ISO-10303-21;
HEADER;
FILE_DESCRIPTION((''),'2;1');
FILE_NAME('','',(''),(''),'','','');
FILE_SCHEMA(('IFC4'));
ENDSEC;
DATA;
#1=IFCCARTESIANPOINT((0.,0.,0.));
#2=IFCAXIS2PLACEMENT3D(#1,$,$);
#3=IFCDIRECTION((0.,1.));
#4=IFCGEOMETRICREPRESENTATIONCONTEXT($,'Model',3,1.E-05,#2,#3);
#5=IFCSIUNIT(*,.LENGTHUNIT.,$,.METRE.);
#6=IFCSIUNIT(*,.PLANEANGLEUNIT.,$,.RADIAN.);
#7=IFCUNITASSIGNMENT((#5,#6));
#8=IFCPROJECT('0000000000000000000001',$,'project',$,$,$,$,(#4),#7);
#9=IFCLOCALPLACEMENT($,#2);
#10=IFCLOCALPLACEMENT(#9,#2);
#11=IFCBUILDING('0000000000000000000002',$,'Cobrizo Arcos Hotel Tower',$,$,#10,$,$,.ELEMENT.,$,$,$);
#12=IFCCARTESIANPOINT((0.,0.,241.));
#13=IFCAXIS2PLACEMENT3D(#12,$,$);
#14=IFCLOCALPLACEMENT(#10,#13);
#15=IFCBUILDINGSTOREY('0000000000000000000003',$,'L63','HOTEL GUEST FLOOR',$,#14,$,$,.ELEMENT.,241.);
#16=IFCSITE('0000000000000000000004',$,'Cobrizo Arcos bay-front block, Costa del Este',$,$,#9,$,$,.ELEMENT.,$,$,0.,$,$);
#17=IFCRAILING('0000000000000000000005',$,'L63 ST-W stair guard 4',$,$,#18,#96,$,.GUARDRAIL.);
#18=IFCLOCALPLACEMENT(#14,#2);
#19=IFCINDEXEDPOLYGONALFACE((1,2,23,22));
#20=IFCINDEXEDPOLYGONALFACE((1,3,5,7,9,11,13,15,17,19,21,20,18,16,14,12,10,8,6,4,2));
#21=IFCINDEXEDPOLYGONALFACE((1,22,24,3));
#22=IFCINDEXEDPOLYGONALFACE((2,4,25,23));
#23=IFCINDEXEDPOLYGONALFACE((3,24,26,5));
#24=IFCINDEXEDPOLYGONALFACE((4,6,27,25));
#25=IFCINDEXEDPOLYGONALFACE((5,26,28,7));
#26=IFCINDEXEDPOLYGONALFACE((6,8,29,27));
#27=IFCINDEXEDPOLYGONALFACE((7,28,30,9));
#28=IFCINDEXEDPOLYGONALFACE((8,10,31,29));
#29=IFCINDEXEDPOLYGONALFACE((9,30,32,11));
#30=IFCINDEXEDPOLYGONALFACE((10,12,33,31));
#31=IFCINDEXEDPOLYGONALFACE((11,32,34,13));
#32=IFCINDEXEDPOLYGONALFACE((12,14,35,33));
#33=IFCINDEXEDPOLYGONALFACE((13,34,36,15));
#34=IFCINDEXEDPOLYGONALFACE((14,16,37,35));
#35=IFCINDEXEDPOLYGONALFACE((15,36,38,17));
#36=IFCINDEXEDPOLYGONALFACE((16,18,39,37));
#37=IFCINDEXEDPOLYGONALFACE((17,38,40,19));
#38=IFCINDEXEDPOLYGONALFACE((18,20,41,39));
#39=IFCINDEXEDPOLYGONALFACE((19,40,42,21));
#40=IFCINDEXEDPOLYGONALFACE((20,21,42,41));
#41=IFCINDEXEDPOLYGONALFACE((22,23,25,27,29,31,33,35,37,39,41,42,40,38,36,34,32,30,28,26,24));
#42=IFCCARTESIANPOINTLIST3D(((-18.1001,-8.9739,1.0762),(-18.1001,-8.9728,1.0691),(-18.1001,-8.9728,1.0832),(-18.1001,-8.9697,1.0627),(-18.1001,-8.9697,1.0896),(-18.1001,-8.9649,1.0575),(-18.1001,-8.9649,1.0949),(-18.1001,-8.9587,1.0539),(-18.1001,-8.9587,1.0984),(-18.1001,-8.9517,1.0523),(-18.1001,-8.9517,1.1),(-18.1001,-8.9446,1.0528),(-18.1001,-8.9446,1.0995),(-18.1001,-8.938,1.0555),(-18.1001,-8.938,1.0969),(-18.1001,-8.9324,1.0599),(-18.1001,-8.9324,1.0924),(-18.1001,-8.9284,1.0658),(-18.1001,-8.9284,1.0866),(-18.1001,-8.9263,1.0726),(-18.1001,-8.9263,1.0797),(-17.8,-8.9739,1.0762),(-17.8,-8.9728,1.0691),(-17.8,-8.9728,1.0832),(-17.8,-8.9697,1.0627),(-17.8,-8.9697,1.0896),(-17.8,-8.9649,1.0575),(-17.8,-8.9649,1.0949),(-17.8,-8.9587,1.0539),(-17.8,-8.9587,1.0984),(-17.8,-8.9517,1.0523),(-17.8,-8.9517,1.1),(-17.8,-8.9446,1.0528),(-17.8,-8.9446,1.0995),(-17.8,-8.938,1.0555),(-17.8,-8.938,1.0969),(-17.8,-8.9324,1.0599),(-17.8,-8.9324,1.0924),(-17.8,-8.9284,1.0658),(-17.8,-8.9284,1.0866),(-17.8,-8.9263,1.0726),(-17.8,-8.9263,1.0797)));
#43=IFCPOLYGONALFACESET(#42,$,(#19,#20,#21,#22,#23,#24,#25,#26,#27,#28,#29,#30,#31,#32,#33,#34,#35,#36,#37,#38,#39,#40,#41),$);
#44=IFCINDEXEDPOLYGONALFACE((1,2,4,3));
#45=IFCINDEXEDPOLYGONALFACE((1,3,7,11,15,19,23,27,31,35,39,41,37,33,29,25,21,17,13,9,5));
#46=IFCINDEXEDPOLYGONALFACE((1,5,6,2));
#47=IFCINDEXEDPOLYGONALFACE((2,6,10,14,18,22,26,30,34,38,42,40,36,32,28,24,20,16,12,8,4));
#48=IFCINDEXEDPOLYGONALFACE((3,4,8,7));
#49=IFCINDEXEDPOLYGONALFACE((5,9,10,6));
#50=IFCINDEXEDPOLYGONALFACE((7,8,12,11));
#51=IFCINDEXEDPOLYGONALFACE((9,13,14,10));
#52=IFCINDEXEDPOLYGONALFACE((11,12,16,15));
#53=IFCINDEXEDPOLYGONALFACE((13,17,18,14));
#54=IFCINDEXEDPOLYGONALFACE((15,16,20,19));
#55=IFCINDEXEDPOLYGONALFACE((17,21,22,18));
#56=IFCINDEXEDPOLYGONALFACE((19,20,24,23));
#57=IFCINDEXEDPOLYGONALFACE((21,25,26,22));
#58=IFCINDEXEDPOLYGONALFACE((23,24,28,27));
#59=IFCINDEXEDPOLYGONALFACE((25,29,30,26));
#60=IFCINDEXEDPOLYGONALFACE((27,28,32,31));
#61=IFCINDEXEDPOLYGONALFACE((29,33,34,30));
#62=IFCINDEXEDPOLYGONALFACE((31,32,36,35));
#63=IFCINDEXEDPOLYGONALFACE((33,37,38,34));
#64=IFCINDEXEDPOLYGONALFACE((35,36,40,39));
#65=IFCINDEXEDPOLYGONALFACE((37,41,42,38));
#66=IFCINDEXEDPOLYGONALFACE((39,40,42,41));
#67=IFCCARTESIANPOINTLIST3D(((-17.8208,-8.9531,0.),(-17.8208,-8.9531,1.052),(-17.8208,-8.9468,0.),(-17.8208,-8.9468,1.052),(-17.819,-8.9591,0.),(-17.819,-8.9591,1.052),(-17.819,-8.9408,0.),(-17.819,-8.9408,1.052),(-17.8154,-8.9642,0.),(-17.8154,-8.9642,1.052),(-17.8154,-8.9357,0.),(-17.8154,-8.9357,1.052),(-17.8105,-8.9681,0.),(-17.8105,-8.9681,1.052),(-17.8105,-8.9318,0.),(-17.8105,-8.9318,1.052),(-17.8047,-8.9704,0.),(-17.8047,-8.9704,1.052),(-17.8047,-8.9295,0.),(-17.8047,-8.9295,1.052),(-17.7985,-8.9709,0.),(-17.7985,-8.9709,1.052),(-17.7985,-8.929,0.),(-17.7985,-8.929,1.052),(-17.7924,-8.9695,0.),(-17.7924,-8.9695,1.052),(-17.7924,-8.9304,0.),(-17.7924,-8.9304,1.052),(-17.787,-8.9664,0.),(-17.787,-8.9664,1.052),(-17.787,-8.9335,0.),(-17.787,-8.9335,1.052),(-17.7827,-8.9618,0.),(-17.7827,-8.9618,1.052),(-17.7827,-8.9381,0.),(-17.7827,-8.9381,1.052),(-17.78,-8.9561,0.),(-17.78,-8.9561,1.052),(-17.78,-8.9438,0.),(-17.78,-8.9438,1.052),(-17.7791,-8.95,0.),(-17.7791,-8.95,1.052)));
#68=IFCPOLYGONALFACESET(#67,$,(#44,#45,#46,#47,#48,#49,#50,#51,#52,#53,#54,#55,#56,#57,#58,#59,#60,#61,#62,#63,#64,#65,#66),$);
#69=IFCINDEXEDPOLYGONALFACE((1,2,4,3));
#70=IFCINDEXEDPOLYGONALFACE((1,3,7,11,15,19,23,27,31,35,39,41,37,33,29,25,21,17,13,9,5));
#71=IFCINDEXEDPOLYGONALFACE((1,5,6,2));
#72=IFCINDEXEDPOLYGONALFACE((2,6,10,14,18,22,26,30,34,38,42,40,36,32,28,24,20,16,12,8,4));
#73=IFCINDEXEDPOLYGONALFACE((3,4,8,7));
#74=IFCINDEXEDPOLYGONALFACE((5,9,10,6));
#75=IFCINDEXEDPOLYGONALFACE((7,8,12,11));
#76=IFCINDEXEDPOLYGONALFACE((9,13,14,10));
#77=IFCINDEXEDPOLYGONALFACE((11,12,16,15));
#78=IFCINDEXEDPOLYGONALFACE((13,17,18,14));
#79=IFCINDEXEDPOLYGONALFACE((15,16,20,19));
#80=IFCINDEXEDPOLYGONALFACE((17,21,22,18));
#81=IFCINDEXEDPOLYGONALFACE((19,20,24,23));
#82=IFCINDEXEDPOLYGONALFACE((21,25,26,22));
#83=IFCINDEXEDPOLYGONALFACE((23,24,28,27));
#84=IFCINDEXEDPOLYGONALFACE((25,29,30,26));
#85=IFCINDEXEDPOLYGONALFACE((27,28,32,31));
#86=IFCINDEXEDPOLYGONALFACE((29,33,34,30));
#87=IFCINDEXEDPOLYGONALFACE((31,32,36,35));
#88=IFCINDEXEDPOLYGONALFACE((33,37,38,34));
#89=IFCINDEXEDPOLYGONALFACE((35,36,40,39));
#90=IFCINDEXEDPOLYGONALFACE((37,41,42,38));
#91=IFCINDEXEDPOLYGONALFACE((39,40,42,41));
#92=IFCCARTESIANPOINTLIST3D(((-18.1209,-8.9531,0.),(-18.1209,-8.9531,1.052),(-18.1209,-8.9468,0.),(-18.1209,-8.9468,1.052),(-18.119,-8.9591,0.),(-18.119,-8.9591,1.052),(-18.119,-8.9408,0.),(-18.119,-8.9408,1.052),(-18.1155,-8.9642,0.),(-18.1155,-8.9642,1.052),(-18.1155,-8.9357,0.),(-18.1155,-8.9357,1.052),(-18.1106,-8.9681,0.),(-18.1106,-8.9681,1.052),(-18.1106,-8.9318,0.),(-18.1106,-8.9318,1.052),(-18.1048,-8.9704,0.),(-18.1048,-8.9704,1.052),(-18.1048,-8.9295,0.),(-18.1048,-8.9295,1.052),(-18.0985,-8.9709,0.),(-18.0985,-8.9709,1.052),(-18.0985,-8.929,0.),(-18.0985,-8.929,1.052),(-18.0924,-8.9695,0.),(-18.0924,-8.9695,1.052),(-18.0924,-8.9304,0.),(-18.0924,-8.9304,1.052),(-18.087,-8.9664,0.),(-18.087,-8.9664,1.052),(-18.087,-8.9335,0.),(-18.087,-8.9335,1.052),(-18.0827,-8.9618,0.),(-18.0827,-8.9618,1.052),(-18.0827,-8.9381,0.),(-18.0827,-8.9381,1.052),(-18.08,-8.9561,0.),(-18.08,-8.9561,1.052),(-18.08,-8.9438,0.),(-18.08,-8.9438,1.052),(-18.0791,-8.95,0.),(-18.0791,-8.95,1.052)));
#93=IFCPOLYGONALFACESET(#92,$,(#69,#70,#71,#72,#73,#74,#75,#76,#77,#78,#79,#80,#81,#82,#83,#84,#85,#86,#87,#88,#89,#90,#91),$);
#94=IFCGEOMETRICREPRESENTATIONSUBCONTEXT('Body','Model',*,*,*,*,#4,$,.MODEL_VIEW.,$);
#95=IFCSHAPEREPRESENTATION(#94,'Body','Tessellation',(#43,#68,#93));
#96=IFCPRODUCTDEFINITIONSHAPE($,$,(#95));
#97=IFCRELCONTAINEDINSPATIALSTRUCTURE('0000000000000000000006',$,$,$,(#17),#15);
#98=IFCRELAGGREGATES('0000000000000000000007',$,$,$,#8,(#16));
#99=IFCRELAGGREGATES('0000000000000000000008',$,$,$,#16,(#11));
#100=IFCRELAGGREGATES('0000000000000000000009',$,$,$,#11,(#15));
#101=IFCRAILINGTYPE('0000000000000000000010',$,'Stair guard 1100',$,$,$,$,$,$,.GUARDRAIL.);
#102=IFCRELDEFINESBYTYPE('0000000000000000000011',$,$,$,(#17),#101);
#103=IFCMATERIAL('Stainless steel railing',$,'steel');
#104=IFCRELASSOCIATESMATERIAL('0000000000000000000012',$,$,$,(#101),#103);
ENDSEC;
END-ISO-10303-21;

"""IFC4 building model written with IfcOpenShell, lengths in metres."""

from ifc_helpers import new_model, si_unit, direction, frame, origin, origin_2d, place, context, subcontext, project, spatial, circle, extrude, material, type_object, element, save


model = new_model("IFC4")

# Units and contexts
model_context = context("Model", 3, precision=1e-05, world=origin(), true_north=direction((0.0, 1.0)))
body_context = subcontext(model_context, "Body", "Model", "MODEL_VIEW")
ifc_project = project(units=[si_unit("LENGTHUNIT", "METRE"), si_unit("PLANEANGLEUNIT", "RADIAN")], contexts=[model_context])

# Site, building, storey
site_placement = place(None, origin())
site = spatial("IfcSite", under=ifc_project, at=site_placement, Name="Cobrizo Arcos bay-front block, Costa del Este", CompositionType="ELEMENT", RefElevation=0.0)
building_placement = place(site_placement, origin())
building = spatial("IfcBuilding", under=site, at=building_placement, Name="Cobrizo Arcos Hotel Tower", CompositionType="ELEMENT")
storey_placement = place(building_placement, frame((0.0, 0.0, 241.0)))
storey = spatial("IfcBuildingStorey", under=building, at=storey_placement, Name="L63", Description="HOTEL GUEST FLOOR", CompositionType="ELEMENT", Elevation=241.0)

# Railing
ifc_material_1 = material(Name="Stainless steel railing", Category="steel")
railing_type = type_object("IfcRailingType", Name="Stair guard 1100", PredefinedType="GUARDRAIL", material=ifc_material_1)
railing_placement = place(storey_placement, frame((-17.8, -8.95, 0.0)))
element("IfcRailing", 1, at=railing_placement, inside=storey, type_object=railing_type, Name="L63 ST-W stair guard 4", PredefinedType="GUARDRAIL", context=body_context, shape_type="SweptSolid", body=[
    extrude(circle(Radius=0.0239, at=origin_2d()), frame((0.0, 0.0, 1.0762), z_axis=(-1.0, 0.0, 0.0), x_axis=(0.0, -1.0, 0.0)), (0.0, 0.0, 1.0), 0.3),
    extrude(circle(Radius=0.021, at=origin_2d()), origin(), (0.0, 0.0, 1.0), 1.052),
    extrude(circle(Radius=0.021, at=origin_2d()), frame((-0.3, 0.0, 0.0)), (0.0, 0.0, 1.0), 1.052),
])

save(model, "model.ifc")
